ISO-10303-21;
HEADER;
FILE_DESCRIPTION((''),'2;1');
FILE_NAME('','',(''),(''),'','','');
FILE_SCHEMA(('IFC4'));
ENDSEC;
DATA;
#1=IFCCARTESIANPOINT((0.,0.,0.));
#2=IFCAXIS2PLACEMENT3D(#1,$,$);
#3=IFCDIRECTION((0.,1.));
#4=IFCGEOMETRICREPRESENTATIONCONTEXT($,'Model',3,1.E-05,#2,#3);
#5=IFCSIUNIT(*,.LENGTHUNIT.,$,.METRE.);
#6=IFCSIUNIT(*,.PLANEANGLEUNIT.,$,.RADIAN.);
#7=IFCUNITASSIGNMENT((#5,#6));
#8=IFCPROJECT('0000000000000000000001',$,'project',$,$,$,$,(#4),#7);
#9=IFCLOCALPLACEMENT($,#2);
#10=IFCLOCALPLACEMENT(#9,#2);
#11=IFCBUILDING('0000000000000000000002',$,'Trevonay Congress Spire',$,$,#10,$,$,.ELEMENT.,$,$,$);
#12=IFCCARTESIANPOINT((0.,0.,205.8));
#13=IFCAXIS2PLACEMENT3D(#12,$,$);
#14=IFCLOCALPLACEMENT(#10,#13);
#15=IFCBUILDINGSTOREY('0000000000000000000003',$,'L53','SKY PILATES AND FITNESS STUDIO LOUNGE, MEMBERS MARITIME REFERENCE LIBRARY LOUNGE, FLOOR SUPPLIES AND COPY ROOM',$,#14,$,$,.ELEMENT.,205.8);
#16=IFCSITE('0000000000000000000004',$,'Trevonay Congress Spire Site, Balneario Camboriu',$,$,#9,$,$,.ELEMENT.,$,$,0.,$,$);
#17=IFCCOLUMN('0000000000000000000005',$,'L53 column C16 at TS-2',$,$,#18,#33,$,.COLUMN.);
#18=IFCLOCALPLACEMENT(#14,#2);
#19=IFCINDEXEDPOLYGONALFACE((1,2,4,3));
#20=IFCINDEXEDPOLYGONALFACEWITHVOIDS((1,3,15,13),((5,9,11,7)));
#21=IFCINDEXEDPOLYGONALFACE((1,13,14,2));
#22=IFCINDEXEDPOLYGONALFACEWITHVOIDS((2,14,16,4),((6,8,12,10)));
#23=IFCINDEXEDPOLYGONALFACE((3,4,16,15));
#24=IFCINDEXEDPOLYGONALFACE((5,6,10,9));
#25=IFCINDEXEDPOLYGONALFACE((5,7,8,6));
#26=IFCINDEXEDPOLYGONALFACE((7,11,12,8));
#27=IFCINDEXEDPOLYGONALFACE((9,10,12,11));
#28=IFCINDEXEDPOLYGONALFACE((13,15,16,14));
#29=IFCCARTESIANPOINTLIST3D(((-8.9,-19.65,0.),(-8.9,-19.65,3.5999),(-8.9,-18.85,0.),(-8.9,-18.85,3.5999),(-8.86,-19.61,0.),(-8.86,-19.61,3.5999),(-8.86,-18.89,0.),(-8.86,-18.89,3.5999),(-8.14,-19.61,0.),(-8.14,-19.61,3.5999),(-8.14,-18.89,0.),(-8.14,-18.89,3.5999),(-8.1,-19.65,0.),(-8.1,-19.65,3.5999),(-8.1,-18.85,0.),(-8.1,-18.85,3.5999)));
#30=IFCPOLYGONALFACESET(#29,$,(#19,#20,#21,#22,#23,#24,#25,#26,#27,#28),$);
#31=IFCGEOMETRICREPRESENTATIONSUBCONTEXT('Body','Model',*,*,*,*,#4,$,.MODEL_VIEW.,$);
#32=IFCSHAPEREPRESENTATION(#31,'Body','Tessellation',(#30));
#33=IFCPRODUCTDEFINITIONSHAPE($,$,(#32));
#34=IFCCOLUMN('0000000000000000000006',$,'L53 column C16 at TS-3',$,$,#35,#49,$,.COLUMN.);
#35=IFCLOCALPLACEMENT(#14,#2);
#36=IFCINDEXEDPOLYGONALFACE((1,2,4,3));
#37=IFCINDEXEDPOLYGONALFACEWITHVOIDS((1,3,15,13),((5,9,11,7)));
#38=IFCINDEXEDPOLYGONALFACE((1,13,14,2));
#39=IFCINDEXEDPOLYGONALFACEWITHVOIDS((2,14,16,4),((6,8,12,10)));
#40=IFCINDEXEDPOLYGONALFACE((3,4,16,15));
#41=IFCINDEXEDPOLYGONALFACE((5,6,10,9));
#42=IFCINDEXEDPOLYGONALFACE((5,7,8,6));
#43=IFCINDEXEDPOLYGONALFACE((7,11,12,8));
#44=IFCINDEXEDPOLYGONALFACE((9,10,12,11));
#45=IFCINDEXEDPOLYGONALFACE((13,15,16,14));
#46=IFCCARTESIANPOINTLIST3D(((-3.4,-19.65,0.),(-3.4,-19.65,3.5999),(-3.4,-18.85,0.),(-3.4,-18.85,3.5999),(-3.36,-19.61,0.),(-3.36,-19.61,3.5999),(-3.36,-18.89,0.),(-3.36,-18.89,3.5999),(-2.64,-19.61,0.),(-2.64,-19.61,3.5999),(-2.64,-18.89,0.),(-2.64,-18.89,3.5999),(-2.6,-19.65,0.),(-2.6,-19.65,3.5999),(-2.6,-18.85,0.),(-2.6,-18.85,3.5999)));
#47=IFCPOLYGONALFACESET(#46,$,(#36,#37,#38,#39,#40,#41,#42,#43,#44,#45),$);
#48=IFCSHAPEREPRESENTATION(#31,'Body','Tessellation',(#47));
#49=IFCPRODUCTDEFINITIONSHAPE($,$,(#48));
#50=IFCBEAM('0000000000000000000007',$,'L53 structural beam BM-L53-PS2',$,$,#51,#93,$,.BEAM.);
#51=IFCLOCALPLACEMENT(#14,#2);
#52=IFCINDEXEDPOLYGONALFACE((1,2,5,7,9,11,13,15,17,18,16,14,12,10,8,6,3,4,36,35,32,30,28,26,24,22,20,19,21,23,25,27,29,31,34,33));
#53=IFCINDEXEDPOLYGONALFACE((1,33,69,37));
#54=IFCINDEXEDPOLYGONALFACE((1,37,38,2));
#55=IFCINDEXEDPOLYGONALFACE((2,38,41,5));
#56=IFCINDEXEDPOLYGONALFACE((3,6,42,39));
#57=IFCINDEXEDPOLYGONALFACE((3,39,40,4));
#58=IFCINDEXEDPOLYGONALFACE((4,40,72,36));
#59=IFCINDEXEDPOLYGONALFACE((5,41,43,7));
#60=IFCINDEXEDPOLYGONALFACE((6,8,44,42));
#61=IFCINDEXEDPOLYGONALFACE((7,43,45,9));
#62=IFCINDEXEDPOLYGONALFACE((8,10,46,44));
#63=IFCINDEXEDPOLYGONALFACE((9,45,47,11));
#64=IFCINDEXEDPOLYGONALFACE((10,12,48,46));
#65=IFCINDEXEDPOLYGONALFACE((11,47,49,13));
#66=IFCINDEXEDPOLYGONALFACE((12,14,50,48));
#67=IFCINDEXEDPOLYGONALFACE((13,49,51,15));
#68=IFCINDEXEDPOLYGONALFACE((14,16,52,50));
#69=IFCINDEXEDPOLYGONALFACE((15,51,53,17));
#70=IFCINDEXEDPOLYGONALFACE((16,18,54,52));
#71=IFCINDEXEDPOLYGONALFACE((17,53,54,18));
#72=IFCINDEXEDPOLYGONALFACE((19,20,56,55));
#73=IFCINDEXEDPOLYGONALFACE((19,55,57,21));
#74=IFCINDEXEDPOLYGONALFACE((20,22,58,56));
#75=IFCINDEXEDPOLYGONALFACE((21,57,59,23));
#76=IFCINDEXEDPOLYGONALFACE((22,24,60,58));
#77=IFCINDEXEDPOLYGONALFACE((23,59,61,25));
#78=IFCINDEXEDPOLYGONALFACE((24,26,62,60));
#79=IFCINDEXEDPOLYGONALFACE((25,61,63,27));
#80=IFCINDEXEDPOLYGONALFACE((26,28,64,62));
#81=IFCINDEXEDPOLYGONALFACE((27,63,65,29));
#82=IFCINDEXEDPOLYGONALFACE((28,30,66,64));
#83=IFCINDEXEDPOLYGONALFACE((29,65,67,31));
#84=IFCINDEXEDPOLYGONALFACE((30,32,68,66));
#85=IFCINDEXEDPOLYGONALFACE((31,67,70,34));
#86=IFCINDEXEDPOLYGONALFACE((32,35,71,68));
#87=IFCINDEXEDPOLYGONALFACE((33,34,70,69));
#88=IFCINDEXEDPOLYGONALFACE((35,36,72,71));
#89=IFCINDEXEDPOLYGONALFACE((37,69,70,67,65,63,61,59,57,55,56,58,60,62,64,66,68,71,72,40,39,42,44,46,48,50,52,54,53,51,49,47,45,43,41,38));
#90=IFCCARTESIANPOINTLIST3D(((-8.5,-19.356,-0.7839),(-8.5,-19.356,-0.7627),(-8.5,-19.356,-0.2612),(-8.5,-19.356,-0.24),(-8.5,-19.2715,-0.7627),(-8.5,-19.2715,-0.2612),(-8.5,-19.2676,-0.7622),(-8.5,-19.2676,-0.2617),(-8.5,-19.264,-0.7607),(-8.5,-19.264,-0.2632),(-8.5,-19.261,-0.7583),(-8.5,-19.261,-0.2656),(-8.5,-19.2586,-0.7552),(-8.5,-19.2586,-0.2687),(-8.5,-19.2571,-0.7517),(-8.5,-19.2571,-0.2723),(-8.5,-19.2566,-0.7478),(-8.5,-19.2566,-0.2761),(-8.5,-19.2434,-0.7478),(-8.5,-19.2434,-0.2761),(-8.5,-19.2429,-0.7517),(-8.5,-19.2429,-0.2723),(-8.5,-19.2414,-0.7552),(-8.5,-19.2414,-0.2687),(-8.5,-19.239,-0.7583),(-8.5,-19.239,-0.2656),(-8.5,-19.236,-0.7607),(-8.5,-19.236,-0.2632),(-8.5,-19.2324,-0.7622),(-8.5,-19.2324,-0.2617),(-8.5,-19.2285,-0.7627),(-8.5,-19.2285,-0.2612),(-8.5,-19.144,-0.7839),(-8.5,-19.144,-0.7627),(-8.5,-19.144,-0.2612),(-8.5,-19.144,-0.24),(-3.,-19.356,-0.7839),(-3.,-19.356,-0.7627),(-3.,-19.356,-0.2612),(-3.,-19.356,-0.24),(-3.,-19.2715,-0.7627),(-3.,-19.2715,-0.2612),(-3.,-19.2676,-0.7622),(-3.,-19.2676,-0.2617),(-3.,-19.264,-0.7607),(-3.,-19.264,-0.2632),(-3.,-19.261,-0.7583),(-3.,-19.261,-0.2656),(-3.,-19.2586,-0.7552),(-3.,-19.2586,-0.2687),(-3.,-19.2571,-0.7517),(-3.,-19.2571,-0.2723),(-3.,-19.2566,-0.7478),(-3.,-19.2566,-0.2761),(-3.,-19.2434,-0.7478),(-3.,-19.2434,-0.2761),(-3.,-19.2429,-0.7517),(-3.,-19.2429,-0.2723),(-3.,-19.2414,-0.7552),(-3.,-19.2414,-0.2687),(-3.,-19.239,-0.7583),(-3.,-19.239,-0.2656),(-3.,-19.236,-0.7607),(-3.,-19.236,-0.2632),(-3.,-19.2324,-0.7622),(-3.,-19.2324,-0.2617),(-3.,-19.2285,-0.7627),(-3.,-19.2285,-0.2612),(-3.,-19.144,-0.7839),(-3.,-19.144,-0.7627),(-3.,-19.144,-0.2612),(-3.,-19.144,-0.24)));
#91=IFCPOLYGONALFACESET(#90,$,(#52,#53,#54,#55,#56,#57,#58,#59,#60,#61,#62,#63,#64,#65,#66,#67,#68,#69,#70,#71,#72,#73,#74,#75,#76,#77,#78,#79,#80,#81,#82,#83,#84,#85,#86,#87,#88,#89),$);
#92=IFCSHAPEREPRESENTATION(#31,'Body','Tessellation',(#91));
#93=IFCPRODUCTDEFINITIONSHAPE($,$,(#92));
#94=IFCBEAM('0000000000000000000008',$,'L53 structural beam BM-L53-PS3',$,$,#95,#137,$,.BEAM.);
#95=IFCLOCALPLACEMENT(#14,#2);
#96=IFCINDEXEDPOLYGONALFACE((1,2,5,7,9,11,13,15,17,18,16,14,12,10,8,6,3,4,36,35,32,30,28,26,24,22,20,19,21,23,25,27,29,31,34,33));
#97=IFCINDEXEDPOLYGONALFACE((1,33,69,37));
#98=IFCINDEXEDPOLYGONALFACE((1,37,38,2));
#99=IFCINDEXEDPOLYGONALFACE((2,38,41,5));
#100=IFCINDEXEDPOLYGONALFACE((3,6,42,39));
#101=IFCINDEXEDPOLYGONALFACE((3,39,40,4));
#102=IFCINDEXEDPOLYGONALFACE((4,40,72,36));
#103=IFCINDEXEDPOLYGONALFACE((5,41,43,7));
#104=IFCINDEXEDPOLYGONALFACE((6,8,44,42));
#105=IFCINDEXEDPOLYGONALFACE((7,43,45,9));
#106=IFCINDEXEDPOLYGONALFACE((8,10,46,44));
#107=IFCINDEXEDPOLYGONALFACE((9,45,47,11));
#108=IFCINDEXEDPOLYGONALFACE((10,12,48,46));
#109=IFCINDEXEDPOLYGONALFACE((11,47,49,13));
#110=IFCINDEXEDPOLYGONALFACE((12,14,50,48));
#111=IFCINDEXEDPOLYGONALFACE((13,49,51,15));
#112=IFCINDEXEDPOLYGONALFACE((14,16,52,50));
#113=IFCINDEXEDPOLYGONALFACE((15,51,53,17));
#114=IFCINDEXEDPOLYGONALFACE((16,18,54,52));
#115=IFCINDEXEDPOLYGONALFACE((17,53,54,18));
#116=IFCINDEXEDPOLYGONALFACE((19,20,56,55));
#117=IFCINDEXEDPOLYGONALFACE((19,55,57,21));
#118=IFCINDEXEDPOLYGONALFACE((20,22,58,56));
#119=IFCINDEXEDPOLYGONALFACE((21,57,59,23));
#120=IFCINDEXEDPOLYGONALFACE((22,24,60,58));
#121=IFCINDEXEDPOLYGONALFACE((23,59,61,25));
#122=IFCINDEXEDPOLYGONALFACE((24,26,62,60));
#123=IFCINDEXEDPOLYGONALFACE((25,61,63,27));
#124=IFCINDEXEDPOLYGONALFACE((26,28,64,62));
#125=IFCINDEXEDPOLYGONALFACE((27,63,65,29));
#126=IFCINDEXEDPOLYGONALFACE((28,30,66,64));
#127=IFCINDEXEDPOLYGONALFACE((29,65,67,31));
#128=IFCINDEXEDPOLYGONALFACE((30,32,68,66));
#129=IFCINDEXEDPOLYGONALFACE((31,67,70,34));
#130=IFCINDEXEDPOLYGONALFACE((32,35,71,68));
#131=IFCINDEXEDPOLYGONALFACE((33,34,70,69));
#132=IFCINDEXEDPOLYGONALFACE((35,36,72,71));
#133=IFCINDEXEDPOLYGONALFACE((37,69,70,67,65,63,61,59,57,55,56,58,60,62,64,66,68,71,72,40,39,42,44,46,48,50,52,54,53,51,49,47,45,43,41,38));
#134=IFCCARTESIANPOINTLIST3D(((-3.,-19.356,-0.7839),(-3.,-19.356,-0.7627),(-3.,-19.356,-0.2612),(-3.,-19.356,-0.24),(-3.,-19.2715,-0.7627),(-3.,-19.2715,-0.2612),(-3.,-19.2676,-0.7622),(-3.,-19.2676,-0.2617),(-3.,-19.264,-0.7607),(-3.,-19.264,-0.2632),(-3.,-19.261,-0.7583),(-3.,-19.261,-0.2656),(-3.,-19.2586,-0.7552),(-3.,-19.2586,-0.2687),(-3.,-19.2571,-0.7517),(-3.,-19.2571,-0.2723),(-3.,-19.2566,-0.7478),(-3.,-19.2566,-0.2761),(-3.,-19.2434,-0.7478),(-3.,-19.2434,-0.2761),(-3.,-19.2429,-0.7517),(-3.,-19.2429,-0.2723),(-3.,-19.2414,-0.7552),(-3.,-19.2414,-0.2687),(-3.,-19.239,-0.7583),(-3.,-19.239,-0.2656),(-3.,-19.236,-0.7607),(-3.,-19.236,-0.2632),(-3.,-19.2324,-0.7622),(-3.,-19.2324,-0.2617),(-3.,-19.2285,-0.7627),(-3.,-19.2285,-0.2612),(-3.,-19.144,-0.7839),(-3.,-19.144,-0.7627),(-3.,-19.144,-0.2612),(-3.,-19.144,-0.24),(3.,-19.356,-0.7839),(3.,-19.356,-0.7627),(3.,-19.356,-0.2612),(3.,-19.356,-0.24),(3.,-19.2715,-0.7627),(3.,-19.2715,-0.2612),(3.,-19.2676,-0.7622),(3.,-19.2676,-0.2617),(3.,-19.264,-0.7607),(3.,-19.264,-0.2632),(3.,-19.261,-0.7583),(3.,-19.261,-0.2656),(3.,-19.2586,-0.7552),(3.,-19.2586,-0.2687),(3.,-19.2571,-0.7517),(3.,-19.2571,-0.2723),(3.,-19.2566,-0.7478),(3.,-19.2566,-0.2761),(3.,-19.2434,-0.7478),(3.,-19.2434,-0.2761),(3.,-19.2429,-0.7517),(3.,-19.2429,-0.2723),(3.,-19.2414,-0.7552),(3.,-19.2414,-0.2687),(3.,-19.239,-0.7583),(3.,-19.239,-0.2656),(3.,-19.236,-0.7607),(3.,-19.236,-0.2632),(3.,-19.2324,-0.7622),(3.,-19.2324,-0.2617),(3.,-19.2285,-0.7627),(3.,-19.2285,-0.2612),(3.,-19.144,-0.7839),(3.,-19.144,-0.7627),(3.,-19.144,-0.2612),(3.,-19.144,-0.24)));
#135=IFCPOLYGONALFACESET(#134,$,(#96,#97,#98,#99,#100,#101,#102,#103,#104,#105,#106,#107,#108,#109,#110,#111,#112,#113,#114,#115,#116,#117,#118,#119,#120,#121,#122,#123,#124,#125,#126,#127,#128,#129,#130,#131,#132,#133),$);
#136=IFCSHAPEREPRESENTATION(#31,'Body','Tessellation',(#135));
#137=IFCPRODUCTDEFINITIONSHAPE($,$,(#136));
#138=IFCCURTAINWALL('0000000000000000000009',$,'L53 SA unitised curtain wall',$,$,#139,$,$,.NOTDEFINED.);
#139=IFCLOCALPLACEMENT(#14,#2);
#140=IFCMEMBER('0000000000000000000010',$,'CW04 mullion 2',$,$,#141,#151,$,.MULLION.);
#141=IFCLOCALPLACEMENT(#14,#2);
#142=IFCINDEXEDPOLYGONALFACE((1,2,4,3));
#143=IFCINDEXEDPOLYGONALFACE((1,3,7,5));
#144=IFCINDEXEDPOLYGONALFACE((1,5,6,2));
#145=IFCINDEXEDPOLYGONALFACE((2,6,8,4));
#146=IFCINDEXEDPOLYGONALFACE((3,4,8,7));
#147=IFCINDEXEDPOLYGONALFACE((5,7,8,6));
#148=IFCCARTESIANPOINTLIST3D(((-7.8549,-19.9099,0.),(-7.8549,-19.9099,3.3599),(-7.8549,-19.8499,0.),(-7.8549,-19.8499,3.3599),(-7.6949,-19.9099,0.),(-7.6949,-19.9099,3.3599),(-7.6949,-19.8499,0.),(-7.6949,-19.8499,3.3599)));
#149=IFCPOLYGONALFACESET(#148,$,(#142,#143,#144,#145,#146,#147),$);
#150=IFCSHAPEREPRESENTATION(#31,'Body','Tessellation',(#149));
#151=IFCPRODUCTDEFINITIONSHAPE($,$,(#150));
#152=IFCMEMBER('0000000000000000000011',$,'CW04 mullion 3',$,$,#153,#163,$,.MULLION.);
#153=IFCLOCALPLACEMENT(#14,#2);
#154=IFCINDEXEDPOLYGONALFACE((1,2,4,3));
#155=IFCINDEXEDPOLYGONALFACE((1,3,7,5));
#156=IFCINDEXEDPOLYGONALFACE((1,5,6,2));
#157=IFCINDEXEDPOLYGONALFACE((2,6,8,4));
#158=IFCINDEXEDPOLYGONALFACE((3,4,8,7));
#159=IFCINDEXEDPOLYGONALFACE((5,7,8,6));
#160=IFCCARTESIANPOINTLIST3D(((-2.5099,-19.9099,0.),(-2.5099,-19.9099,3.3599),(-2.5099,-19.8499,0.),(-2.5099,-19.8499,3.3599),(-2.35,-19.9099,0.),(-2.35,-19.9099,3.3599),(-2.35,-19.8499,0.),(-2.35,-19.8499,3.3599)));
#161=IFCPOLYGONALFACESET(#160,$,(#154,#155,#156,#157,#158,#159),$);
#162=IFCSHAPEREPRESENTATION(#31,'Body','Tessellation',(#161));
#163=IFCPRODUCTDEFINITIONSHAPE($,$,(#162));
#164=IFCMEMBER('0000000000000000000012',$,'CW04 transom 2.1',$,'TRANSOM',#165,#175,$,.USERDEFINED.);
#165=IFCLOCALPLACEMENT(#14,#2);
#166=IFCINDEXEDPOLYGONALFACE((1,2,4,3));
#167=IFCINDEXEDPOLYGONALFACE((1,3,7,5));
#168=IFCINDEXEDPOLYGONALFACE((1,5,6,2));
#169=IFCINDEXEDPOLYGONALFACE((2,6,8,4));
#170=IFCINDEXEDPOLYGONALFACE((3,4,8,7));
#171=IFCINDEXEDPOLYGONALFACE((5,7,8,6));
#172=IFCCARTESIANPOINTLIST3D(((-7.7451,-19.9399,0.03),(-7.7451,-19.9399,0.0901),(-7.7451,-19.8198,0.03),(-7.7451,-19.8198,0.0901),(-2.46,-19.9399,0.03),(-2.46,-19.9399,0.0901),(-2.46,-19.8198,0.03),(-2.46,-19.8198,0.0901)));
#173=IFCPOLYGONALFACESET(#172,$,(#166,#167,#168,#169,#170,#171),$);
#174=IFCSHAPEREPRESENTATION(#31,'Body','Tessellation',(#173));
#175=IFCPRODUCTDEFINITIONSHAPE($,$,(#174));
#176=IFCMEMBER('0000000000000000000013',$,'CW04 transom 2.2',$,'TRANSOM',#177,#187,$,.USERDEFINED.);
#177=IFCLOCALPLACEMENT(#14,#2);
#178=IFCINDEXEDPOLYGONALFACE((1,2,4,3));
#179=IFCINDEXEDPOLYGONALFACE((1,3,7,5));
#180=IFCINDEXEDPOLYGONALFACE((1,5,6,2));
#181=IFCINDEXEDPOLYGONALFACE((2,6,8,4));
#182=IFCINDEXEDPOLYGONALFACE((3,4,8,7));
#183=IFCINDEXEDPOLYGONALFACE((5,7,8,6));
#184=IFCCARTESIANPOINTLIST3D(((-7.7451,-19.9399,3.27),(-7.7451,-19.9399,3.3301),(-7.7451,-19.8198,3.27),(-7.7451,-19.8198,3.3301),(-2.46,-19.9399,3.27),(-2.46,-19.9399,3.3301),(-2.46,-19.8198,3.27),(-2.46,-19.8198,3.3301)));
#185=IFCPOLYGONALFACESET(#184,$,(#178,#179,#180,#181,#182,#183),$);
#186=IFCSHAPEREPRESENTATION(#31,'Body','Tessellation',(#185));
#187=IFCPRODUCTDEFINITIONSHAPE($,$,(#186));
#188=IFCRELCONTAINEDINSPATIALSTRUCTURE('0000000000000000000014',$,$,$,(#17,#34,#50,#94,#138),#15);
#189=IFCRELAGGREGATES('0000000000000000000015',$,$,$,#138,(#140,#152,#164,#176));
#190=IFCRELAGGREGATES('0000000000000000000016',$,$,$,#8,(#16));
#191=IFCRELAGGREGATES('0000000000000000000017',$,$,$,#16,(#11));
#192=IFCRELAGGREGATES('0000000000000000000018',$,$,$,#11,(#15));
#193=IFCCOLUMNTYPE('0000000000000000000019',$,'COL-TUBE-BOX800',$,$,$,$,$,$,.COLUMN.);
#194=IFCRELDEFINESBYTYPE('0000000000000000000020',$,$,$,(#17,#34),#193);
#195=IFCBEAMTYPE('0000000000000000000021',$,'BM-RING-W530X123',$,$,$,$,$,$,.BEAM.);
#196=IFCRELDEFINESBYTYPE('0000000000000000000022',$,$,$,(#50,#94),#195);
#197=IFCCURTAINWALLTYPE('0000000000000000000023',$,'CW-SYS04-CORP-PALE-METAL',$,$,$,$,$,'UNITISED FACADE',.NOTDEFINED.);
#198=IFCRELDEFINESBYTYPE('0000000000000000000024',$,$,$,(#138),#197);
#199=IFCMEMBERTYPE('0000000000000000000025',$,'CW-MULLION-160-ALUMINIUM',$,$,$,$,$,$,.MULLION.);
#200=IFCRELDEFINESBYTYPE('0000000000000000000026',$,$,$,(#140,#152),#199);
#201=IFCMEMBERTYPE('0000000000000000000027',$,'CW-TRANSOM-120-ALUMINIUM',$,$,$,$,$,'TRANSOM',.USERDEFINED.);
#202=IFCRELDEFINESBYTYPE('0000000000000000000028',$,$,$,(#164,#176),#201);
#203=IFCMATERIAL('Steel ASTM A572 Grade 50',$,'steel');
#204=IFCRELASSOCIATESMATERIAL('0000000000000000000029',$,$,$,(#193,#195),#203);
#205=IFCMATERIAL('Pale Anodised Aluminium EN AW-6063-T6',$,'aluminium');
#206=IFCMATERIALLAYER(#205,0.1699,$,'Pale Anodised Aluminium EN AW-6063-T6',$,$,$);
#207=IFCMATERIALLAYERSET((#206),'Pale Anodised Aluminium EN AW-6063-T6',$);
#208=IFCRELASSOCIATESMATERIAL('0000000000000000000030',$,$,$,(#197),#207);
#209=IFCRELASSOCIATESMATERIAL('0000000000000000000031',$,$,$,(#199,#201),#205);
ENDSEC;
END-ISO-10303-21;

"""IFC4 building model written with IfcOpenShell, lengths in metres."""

from ifc_helpers import new_model, si_unit, direction, frame, origin, origin_2d, place, context, subcontext, project, spatial, rectangle, hollow_rectangle, i_section, extrude, material, layer, layer_set, material_profile, profile_set, type_object, element, aggregate, save


model = new_model("IFC4")

# Units and contexts
model_context = context("Model", 3, precision=1e-05, world=origin(), true_north=direction((0.0, 1.0)))
body_context = subcontext(model_context, "Body", "Model", "MODEL_VIEW")
ifc_project = project(units=[si_unit("LENGTHUNIT", "METRE"), si_unit("PLANEANGLEUNIT", "RADIAN")], contexts=[model_context])

# Site, building, storey
site_placement = place(None, origin())
site = spatial("IfcSite", under=ifc_project, at=site_placement, Name="Trevonay Congress Spire Site, Balneario Camboriu", CompositionType="ELEMENT", RefElevation=0.0)
building_placement = place(site_placement, origin())
building = spatial("IfcBuilding", under=site, at=building_placement, Name="Trevonay Congress Spire", CompositionType="ELEMENT")
storey_placement = place(building_placement, frame((0.0, 0.0, 205.8)))
storey = spatial("IfcBuildingStorey", under=building, at=storey_placement, Name="L53", Description="SKY PILATES AND FITNESS STUDIO LOUNGE, MEMBERS MARITIME REFERENCE LIBRARY LOUNGE, FLOOR SUPPLIES AND COPY ROOM", CompositionType="ELEMENT", Elevation=205.8)

# Columns
ifc_material_1 = material(Name="Steel ASTM A572 Grade 50", Category="steel")
ifc_material_profile_1 = material_profile(ifc_material_1, hollow_rectangle(XDim=0.8, YDim=0.8, WallThickness=0.04, at=origin_2d()), Name="BOX 800x800x40")
ifc_profile_set_1 = profile_set([ifc_material_profile_1], Name="Steel ASTM A572 Grade 50")
column_type = type_object("IfcColumnType", Name="COL-TUBE-BOX800", PredefinedType="COLUMN", material=ifc_profile_set_1)
for number, where, z_axis, x_axis, name in (
    (1, (-8.5, -19.25, 0.0), (0.0, 0.0, 1.0), (1.0, 0.0, 0.0), "L53 column C16 at TS-2"),
    (2, (-3.0, -19.25, 0.0), (0.0, 0.0, 1.0), (1.0, 0.0, 0.0), "L53 column C16 at TS-3"),
):
    element("IfcColumn", number, at=place(storey_placement, frame(where, z_axis=z_axis, x_axis=x_axis)), inside=storey, type_object=column_type, Name=name, PredefinedType="COLUMN", context=body_context, shape_type="SweptSolid", body=[
        extrude(hollow_rectangle(XDim=0.8, YDim=0.8, WallThickness=0.04, at=origin_2d()), origin(), (0.0, 0.0, 1.0), 3.5999),
    ])

# Beams
ifc_material_profile_2 = material_profile(ifc_material_1, i_section(OverallWidth=0.2119, OverallDepth=0.5439, WebThickness=0.0132, FlangeThickness=0.0212, FilletRadius=0.0149, at=origin_2d()), Name="W530x123")
ifc_profile_set_2 = profile_set([ifc_material_profile_2], Name="Steel ASTM A572 Grade 50")
beam_type_1 = type_object("IfcBeamType", Name="BM-RING-W530X123", PredefinedType="BEAM", material=ifc_profile_set_2)
beam_1_placement = place(storey_placement, frame((-8.5, -19.25, -0.512), z_axis=(1.0, 0.0, 0.0), x_axis=(0.0, 1.0, 0.0)))
element("IfcBeam", 3, at=beam_1_placement, inside=storey, type_object=beam_type_1, Name="L53 structural beam BM-L53-PS2", PredefinedType="BEAM", context=body_context, shape_type="SweptSolid", body=[
    extrude(i_section(OverallWidth=0.2119, OverallDepth=0.5439, WebThickness=0.0132, FlangeThickness=0.0212, FilletRadius=0.0149, at=origin_2d()), origin(), (0.0, 0.0, 1.0), 5.5),
])
beam_2_placement = place(storey_placement, frame((-3.0, -19.25, -0.512), z_axis=(1.0, 0.0, 0.0), x_axis=(0.0, 1.0, 0.0)))
element("IfcBeam", 4, at=beam_2_placement, inside=storey, type_object=beam_type_1, Name="L53 structural beam BM-L53-PS3", PredefinedType="BEAM", context=body_context, shape_type="SweptSolid", body=[
    extrude(i_section(OverallWidth=0.2119, OverallDepth=0.5439, WebThickness=0.0132, FlangeThickness=0.0212, FilletRadius=0.0149, at=origin_2d()), origin(), (0.0, 0.0, 1.0), 6.0),
])

# Curtain wall, members
ifc_material_2 = material(Name="Pale Anodised Aluminium EN AW-6063-T6", Category="aluminium")
ifc_layer_1 = layer(ifc_material_2, 0.1699, Name="Pale Anodised Aluminium EN AW-6063-T6")
ifc_layer_set_1 = layer_set([ifc_layer_1], Name="Pale Anodised Aluminium EN AW-6063-T6")
curtain_wall_type = type_object("IfcCurtainWallType", Name="CW-SYS04-CORP-PALE-METAL", ElementType="UNITISED FACADE", PredefinedType="NOTDEFINED", material=ifc_layer_set_1)
curtain_wall_placement = place(storey_placement, origin())
curtain_wall = element("IfcCurtainWall", 5, at=curtain_wall_placement, inside=storey, type_object=curtain_wall_type, Name="L53 SA unitised curtain wall", PredefinedType="NOTDEFINED")
ifc_material_profile_3 = material_profile(ifc_material_2, rectangle(XDim=0.0601, YDim=0.1599, at=origin_2d()), Name="CW-MULLION-160-ALUMINIUM")
ifc_profile_set_3 = profile_set([ifc_material_profile_3], Name="Pale Anodised Aluminium EN AW-6063-T6")
member_type_1 = type_object("IfcMemberType", Name="CW-MULLION-160-ALUMINIUM", PredefinedType="MULLION", material=ifc_profile_set_3)
member_1_placement = place(storey_placement, frame((-7.7749, -19.8799, 0.0), z_axis=(0.0, 0.0, 1.0), x_axis=(0.0, 1.0, 0.0)))
member_1 = element("IfcMember", 6, at=member_1_placement, type_object=member_type_1, Name="CW04 mullion 2", PredefinedType="MULLION", context=body_context, shape_type="SweptSolid", body=[
    extrude(rectangle(XDim=0.0601, YDim=0.1599, at=origin_2d()), origin(), (0.0, 0.0, 1.0), 3.3599),
])
member_2_placement = place(storey_placement, frame((-2.4299, -19.8799, 0.0), z_axis=(0.0, 0.0, 1.0), x_axis=(0.0, 1.0, 0.0)))
member_2 = element("IfcMember", 7, at=member_2_placement, type_object=member_type_1, Name="CW04 mullion 3", PredefinedType="MULLION", context=body_context, shape_type="SweptSolid", body=[
    extrude(rectangle(XDim=0.0601, YDim=0.1599, at=origin_2d()), origin(), (0.0, 0.0, 1.0), 3.3599),
])
ifc_material_profile_4 = material_profile(ifc_material_2, rectangle(XDim=0.1201, YDim=0.0601, at=origin_2d()), Name="CW-TRANSOM-120-ALUMINIUM")
ifc_profile_set_4 = profile_set([ifc_material_profile_4], Name="Pale Anodised Aluminium EN AW-6063-T6")
member_type_2 = type_object("IfcMemberType", Name="CW-TRANSOM-120-ALUMINIUM", ElementType="TRANSOM", PredefinedType="USERDEFINED", material=ifc_profile_set_4)
member_3_placement = place(storey_placement, frame((-7.7451, -19.8799, 0.0601), z_axis=(1.0, 0.0, 0.0), x_axis=(0.0, 1.0, 0.0)))
member_3 = element("IfcMember", 8, at=member_3_placement, type_object=member_type_2, Name="CW04 transom 2.1", ObjectType="TRANSOM", PredefinedType="USERDEFINED", context=body_context, shape_type="SweptSolid", body=[
    extrude(rectangle(XDim=0.1201, YDim=0.0601, at=origin_2d()), origin(), (0.0, 0.0, 1.0), 5.2852),
])
member_4_placement = place(storey_placement, frame((-7.7451, -19.8799, 3.3), z_axis=(1.0, 0.0, 0.0), x_axis=(0.0, 1.0, 0.0)))
member_4 = element("IfcMember", 9, at=member_4_placement, type_object=member_type_2, Name="CW04 transom 2.2", ObjectType="TRANSOM", PredefinedType="USERDEFINED", context=body_context, shape_type="SweptSolid", body=[
    extrude(rectangle(XDim=0.1201, YDim=0.0601, at=origin_2d()), origin(), (0.0, 0.0, 1.0), 5.2852),
])

aggregate(curtain_wall, [member_1, member_2, member_3, member_4])

save(model, "model.ifc")
